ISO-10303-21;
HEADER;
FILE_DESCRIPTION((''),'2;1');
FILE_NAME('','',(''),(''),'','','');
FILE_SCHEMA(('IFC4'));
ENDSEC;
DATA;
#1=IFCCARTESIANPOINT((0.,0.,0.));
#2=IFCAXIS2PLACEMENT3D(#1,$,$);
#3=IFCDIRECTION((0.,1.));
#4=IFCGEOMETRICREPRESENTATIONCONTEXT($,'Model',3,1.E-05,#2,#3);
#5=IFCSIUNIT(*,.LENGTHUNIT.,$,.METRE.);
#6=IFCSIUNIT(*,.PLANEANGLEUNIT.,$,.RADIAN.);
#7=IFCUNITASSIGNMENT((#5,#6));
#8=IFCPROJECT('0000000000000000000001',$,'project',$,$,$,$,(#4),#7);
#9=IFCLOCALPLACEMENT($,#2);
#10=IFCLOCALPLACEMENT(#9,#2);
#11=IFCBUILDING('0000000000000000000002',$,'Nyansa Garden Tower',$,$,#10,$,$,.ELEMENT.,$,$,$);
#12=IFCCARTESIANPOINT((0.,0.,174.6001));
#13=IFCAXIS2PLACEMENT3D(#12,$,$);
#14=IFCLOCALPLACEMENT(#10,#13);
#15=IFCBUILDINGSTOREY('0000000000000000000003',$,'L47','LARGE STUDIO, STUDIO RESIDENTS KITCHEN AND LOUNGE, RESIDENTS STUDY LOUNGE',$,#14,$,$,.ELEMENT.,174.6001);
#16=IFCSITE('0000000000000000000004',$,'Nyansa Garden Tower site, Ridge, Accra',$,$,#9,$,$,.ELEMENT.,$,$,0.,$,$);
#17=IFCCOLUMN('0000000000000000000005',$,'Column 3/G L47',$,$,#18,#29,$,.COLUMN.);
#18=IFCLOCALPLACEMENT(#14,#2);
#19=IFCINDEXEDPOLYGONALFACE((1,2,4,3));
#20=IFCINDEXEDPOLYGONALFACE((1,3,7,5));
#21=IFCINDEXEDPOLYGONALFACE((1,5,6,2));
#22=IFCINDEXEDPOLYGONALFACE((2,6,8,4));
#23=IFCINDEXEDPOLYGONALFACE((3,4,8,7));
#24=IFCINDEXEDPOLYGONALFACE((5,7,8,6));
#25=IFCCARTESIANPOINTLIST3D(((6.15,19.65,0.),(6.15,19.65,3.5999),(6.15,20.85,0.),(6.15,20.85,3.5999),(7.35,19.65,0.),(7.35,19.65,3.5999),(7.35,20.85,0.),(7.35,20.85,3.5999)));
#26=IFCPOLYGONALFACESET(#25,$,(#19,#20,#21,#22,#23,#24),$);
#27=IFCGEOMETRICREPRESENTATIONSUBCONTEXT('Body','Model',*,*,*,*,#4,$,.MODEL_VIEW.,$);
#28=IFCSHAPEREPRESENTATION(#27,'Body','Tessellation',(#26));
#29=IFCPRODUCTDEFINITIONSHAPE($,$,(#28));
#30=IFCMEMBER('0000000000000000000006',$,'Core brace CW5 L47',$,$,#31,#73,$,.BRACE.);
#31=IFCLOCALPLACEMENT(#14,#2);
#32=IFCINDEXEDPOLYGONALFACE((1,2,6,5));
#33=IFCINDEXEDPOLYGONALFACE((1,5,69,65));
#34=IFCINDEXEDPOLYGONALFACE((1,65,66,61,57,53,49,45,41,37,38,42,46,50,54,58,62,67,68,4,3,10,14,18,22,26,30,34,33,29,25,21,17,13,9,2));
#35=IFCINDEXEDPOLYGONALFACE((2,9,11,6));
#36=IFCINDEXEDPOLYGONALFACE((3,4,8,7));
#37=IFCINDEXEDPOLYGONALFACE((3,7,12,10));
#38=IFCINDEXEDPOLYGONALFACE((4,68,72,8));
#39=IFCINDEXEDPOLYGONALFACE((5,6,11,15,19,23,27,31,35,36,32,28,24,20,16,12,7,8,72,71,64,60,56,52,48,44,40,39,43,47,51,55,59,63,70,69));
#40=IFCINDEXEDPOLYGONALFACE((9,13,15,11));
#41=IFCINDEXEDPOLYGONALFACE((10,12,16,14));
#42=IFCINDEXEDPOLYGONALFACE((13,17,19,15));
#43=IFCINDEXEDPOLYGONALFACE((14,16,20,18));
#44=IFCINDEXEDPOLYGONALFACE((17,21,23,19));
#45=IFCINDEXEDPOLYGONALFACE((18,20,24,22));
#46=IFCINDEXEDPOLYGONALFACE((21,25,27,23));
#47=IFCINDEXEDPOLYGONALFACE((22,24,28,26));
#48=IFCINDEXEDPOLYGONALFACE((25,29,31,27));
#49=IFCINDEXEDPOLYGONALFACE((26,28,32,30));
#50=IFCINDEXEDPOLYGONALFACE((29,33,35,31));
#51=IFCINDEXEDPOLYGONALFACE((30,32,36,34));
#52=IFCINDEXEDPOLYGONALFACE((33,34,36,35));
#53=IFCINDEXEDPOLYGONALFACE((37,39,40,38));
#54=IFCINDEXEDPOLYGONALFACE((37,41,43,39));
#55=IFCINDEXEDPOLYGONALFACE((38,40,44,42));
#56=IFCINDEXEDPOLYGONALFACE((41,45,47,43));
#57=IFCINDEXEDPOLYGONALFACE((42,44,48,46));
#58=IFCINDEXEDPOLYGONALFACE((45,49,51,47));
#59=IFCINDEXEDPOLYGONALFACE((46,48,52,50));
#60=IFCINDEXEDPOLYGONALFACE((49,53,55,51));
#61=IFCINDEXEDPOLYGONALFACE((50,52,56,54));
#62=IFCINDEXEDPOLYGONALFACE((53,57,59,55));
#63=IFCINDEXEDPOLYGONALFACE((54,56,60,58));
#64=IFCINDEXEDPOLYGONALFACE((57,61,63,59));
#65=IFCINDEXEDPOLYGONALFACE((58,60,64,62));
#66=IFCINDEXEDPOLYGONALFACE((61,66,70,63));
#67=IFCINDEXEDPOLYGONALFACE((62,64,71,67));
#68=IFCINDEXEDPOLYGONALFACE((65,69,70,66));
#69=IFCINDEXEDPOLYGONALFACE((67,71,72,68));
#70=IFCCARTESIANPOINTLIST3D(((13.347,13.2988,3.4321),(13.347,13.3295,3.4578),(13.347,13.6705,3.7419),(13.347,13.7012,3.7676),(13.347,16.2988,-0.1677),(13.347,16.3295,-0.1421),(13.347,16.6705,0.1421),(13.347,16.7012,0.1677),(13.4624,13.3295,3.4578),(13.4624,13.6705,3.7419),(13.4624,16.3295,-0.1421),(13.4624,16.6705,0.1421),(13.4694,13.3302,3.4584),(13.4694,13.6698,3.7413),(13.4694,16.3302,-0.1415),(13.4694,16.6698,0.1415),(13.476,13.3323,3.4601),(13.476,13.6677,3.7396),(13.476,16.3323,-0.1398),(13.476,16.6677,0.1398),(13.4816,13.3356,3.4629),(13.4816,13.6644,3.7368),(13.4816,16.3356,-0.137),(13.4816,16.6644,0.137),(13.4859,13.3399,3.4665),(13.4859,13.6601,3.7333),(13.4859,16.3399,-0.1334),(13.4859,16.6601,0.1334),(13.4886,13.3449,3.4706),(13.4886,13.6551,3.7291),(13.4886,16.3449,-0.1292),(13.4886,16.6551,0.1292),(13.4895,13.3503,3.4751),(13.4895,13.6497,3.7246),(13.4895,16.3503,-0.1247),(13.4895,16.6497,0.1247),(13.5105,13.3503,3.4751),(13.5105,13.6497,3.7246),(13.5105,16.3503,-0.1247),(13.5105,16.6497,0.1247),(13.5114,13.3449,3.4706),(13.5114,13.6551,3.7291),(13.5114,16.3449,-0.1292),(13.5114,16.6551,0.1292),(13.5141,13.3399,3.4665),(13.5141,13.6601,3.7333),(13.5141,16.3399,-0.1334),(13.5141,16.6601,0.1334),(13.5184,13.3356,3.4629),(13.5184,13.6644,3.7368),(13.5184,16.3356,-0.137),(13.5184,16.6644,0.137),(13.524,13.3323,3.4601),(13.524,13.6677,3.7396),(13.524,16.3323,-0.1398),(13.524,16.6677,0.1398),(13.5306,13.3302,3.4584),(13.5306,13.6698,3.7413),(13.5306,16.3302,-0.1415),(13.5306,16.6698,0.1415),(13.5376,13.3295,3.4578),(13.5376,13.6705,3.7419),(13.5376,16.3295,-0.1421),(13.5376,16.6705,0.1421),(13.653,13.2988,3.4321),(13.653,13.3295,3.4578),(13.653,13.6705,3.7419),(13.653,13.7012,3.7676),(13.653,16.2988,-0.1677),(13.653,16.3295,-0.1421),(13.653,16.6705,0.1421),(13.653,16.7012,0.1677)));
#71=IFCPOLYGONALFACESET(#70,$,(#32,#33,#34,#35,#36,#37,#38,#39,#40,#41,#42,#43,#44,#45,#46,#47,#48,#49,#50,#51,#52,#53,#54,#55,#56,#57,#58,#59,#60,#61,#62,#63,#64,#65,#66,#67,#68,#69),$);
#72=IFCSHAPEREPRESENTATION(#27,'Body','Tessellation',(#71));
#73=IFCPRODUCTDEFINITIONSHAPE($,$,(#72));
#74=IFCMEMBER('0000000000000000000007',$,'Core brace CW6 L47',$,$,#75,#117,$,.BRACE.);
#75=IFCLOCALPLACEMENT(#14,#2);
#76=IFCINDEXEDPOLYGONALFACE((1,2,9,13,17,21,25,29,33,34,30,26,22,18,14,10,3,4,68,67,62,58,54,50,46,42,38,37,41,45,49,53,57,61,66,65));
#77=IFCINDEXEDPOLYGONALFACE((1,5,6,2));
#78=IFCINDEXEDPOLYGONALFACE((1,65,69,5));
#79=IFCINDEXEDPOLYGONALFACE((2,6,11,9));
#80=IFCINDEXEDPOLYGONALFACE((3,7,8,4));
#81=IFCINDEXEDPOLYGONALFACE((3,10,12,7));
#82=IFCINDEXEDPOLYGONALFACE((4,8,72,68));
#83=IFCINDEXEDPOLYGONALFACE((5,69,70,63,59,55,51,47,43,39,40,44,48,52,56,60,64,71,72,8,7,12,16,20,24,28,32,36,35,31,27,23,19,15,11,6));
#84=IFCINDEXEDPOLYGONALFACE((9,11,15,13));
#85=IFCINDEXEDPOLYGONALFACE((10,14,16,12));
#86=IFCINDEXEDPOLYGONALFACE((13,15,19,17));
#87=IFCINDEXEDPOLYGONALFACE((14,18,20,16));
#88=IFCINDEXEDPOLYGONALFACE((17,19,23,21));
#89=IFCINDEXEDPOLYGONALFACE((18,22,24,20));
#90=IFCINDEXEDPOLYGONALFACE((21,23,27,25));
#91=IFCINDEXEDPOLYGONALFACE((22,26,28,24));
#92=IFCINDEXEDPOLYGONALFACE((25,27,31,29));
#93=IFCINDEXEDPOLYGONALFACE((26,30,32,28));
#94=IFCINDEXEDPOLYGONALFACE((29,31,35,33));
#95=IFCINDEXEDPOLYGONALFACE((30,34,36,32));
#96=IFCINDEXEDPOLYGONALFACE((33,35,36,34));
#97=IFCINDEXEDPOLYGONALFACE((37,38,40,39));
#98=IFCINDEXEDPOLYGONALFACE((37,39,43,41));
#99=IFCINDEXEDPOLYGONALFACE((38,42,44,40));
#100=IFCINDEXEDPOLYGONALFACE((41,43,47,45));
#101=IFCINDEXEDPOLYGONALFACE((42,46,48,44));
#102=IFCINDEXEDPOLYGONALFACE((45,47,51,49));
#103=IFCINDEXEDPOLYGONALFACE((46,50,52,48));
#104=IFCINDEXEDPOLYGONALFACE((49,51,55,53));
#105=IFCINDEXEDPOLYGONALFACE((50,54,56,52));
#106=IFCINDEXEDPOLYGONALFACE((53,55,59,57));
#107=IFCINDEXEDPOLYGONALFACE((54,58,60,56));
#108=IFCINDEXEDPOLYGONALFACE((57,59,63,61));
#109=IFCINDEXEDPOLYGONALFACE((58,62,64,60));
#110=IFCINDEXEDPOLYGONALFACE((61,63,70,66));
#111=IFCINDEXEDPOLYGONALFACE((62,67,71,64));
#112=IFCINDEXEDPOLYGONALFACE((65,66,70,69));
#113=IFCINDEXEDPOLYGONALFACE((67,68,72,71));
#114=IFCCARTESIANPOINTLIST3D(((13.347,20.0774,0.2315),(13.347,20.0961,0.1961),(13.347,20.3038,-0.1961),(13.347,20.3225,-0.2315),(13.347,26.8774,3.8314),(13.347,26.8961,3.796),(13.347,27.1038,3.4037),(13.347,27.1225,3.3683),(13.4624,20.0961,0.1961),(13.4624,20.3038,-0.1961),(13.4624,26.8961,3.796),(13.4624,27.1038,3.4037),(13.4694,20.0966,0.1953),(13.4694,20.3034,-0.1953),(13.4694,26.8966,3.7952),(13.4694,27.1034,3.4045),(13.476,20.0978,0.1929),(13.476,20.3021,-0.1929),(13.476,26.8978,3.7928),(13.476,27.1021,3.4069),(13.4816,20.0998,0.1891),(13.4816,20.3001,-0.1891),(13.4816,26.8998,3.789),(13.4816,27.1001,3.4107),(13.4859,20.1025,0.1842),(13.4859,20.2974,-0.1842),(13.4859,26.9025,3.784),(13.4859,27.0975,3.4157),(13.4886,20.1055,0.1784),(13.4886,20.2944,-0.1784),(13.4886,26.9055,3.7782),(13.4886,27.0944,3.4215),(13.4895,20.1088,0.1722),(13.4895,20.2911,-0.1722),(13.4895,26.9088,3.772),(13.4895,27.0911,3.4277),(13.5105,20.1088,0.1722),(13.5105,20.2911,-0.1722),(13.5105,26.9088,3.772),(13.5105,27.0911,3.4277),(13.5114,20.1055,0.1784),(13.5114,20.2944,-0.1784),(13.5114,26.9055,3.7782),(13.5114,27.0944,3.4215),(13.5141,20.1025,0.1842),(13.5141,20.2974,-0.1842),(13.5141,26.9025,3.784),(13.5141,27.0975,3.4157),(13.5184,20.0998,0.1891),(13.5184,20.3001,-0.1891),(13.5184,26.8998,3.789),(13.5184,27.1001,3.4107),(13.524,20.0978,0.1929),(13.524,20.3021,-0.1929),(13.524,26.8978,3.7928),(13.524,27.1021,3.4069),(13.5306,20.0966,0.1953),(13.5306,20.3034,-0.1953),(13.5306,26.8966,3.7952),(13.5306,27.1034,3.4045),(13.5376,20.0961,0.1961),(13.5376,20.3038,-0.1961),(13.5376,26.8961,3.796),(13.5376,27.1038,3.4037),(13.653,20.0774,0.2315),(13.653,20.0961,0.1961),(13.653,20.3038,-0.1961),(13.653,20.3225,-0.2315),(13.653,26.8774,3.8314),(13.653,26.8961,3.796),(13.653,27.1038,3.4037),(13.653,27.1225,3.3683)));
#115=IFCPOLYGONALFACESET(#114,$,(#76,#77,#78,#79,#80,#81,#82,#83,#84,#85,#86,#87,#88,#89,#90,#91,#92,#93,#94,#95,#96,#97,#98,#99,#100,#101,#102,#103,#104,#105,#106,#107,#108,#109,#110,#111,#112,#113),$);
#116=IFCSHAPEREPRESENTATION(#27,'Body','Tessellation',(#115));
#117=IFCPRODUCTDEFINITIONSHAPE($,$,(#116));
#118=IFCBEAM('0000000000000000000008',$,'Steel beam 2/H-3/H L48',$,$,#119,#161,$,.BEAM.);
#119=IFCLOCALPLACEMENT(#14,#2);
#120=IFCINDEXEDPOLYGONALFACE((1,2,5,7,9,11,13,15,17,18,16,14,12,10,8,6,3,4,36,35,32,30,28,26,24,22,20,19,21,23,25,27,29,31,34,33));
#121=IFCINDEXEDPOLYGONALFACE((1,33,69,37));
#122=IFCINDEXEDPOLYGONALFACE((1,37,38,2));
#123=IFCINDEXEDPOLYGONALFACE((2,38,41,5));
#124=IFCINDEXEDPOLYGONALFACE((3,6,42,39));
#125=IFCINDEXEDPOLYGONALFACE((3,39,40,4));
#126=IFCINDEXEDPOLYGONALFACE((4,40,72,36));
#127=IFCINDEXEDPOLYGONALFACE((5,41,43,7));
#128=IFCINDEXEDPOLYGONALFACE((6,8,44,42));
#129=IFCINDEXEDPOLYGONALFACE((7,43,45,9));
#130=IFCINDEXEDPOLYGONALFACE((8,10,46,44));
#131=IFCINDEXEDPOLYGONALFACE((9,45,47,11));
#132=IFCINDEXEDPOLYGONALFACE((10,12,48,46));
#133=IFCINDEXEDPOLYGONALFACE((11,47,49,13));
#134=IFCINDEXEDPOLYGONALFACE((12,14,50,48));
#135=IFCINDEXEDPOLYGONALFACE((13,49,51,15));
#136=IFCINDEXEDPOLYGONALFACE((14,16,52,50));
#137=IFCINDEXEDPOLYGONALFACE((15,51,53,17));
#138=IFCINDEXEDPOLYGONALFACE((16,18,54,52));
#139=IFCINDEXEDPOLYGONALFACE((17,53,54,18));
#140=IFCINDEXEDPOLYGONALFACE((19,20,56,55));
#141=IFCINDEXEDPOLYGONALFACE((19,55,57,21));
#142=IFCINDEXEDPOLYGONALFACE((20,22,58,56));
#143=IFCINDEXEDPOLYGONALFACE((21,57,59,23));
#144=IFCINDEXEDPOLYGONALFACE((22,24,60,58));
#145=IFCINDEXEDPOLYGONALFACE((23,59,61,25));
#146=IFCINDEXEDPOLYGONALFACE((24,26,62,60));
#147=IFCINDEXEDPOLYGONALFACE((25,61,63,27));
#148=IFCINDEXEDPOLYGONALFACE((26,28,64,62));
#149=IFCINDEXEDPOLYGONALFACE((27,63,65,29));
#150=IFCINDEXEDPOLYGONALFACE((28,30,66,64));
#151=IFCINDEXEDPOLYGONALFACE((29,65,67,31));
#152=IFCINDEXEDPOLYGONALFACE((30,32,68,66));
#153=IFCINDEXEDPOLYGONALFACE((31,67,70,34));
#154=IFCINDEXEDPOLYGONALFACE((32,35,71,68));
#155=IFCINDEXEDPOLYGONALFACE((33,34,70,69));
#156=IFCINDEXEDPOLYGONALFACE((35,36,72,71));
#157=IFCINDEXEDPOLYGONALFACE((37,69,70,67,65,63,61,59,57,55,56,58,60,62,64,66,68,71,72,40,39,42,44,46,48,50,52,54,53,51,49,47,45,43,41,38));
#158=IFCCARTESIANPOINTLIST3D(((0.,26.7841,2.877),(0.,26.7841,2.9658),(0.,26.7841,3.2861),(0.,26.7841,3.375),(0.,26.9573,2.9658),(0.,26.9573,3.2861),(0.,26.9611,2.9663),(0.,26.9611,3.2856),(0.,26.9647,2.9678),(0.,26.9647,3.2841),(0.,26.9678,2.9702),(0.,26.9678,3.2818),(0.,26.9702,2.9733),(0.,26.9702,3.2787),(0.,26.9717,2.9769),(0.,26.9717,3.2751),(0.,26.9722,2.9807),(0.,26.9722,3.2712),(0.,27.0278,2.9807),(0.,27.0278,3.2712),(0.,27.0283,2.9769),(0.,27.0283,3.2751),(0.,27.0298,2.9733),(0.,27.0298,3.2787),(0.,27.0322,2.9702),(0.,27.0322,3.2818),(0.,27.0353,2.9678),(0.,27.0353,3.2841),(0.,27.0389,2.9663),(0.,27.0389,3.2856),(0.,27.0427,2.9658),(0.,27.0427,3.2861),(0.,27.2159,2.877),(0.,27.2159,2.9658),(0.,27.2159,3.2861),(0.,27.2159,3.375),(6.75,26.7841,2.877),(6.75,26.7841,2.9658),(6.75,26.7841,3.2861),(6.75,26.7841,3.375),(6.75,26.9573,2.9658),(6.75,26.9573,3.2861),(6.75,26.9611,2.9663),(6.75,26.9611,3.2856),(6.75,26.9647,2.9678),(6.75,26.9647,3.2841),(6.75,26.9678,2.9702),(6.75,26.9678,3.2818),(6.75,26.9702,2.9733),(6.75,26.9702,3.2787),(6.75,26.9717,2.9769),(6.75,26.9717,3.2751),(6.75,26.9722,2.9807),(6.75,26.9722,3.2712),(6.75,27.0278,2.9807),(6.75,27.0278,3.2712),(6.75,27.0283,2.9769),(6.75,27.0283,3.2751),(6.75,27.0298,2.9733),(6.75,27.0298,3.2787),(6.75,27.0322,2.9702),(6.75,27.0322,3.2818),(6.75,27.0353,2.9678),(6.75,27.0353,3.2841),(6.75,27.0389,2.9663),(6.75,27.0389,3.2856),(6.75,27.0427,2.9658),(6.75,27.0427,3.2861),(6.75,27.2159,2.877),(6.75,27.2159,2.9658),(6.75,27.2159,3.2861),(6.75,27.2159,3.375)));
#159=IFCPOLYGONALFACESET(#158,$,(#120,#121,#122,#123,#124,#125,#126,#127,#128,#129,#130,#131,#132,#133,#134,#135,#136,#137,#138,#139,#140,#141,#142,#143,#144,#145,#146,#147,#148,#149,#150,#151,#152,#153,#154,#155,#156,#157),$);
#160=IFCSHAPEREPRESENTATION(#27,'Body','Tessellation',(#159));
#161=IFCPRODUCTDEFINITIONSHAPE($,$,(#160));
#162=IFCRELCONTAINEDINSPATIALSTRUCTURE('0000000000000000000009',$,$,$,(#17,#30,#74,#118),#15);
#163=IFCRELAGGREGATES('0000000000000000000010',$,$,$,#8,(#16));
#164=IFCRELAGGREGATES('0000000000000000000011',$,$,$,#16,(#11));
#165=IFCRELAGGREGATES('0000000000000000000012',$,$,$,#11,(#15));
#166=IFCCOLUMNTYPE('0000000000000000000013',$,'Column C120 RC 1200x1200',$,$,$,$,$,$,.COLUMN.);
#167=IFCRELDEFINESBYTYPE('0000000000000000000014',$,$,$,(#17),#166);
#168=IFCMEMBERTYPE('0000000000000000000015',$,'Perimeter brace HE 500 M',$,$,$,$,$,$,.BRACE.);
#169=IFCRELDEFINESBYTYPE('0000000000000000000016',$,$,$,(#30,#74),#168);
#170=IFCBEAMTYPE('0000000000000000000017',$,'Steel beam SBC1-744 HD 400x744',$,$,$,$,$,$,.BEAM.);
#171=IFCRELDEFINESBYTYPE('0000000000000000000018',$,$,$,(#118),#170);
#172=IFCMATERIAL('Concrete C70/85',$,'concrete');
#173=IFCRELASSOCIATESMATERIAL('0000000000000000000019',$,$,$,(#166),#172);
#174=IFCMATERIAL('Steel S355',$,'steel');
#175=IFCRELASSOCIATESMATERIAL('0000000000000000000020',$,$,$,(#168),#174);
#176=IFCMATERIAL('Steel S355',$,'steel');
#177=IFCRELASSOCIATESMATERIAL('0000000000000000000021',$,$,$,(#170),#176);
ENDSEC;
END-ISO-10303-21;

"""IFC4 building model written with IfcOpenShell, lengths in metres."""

from ifc_helpers import new_model, si_unit, direction, frame, origin, origin_2d, place, context, subcontext, project, spatial, rectangle, i_section, extrude, material, material_profile, profile_set, type_object, element, save


model = new_model("IFC4")

# Units and contexts
model_context = context("Model", 3, precision=1e-05, world=origin(), true_north=direction((0.0, 1.0)))
body_context = subcontext(model_context, "Body", "Model", "MODEL_VIEW")
ifc_project = project(units=[si_unit("LENGTHUNIT", "METRE"), si_unit("PLANEANGLEUNIT", "RADIAN")], contexts=[model_context])

# Site, building, storey
site_placement = place(None, origin())
site = spatial("IfcSite", under=ifc_project, at=site_placement, Name="Nyansa Garden Tower site, Ridge, Accra", CompositionType="ELEMENT", RefElevation=0.0)
building_placement = place(site_placement, origin())
building = spatial("IfcBuilding", under=site, at=building_placement, Name="Nyansa Garden Tower", CompositionType="ELEMENT")
storey_placement = place(building_placement, frame((0.0, 0.0, 174.6001)))
storey = spatial("IfcBuildingStorey", under=building, at=storey_placement, Name="L47", Description="LARGE STUDIO, STUDIO RESIDENTS KITCHEN AND LOUNGE, RESIDENTS STUDY LOUNGE", CompositionType="ELEMENT", Elevation=174.6001)

# Column
ifc_material_1 = material(Name="Concrete C70/85", Category="concrete")
ifc_material_profile_1 = material_profile(ifc_material_1, rectangle(XDim=1.2, YDim=1.2, at=origin_2d()), Name="RC 1200x1200")
ifc_profile_set_1 = profile_set([ifc_material_profile_1], Name="Concrete C70/85")
column_type = type_object("IfcColumnType", Name="Column C120 RC 1200x1200", PredefinedType="COLUMN", material=ifc_profile_set_1)
column_placement = place(storey_placement, frame((6.75, 20.25, 0.0), z_axis=(0.0, 0.0, 1.0), x_axis=(1.0, 0.0, 0.0)))
element("IfcColumn", 1, at=column_placement, inside=storey, type_object=column_type, Name="Column 3/G L47", PredefinedType="COLUMN", context=body_context, shape_type="SweptSolid", body=[
    extrude(rectangle(XDim=1.2, YDim=1.2, at=origin_2d()), origin(), (0.0, 0.0, 1.0), 3.5999),
])

# Members
ifc_material_2 = material(Name="Steel S355", Category="steel")
ifc_material_profile_2 = material_profile(ifc_material_2, i_section(OverallWidth=0.3059, OverallDepth=0.5239, WebThickness=0.021, FlangeThickness=0.04, FilletRadius=0.0271, at=origin_2d()), Name="HE 500 M")
ifc_profile_set_2 = profile_set([ifc_material_profile_2], Name="Steel S355")
member_type = type_object("IfcMemberType", Name="Perimeter brace HE 500 M", PredefinedType="BRACE", material=ifc_profile_set_2)
member_1_placement = place(storey_placement, frame((13.5, 16.5, 0.0), z_axis=(0.0, -0.6402, 0.768208), x_axis=(1.0, 0.0, 0.0)))
element("IfcMember", 2, at=member_1_placement, inside=storey, type_object=member_type, Name="Core brace CW5 L47", PredefinedType="BRACE", context=body_context, shape_type="SweptSolid", body=[
    extrude(i_section(OverallWidth=0.3059, OverallDepth=0.5239, WebThickness=0.021, FlangeThickness=0.04, FilletRadius=0.0271, at=origin_2d()), origin(), (0.0, 0.0, 1.0), 4.686),
])
member_2_placement = place(storey_placement, frame((13.5, 20.2, 0.0), z_axis=(0.0, 0.883797, 0.46787), x_axis=(-1.0, 0.0, 0.0)))
element("IfcMember", 3, at=member_2_placement, inside=storey, type_object=member_type, Name="Core brace CW6 L47", PredefinedType="BRACE", context=body_context, shape_type="SweptSolid", body=[
    extrude(i_section(OverallWidth=0.3059, OverallDepth=0.5239, WebThickness=0.021, FlangeThickness=0.04, FilletRadius=0.0271, at=origin_2d()), origin(), (0.0, 0.0, 1.0), 7.6941),
])

# Beam
ifc_material_3 = material(Name="Steel S355", Category="steel")
ifc_material_profile_3 = material_profile(ifc_material_3, i_section(OverallWidth=0.4319, OverallDepth=0.498, WebThickness=0.0557, FlangeThickness=0.0889, FilletRadius=0.0149, at=origin_2d()), Name="HD 400x744")
ifc_profile_set_3 = profile_set([ifc_material_profile_3], Name="Steel S355")
beam_type_1 = type_object("IfcBeamType", Name="Steel beam SBC1-744 HD 400x744", PredefinedType="BEAM", material=ifc_profile_set_3)
for number, where, z_axis, x_axis, name in (
    (4, (0.0, 27.0, 3.126), (1.0, 0.0, 0.0), (0.0, 1.0, 0.0), "Steel beam 2/H-3/H L48"),
):
    element("IfcBeam", number, at=place(storey_placement, frame(where, z_axis=z_axis, x_axis=x_axis)), inside=storey, type_object=beam_type_1, Name=name, PredefinedType="BEAM", context=body_context, shape_type="SweptSolid", body=[
        extrude(i_section(OverallWidth=0.4319, OverallDepth=0.498, WebThickness=0.0557, FlangeThickness=0.0889, FilletRadius=0.0149, at=origin_2d()), origin(), (0.0, 0.0, 1.0), 6.75),
    ])

save(model, "model.ifc")
